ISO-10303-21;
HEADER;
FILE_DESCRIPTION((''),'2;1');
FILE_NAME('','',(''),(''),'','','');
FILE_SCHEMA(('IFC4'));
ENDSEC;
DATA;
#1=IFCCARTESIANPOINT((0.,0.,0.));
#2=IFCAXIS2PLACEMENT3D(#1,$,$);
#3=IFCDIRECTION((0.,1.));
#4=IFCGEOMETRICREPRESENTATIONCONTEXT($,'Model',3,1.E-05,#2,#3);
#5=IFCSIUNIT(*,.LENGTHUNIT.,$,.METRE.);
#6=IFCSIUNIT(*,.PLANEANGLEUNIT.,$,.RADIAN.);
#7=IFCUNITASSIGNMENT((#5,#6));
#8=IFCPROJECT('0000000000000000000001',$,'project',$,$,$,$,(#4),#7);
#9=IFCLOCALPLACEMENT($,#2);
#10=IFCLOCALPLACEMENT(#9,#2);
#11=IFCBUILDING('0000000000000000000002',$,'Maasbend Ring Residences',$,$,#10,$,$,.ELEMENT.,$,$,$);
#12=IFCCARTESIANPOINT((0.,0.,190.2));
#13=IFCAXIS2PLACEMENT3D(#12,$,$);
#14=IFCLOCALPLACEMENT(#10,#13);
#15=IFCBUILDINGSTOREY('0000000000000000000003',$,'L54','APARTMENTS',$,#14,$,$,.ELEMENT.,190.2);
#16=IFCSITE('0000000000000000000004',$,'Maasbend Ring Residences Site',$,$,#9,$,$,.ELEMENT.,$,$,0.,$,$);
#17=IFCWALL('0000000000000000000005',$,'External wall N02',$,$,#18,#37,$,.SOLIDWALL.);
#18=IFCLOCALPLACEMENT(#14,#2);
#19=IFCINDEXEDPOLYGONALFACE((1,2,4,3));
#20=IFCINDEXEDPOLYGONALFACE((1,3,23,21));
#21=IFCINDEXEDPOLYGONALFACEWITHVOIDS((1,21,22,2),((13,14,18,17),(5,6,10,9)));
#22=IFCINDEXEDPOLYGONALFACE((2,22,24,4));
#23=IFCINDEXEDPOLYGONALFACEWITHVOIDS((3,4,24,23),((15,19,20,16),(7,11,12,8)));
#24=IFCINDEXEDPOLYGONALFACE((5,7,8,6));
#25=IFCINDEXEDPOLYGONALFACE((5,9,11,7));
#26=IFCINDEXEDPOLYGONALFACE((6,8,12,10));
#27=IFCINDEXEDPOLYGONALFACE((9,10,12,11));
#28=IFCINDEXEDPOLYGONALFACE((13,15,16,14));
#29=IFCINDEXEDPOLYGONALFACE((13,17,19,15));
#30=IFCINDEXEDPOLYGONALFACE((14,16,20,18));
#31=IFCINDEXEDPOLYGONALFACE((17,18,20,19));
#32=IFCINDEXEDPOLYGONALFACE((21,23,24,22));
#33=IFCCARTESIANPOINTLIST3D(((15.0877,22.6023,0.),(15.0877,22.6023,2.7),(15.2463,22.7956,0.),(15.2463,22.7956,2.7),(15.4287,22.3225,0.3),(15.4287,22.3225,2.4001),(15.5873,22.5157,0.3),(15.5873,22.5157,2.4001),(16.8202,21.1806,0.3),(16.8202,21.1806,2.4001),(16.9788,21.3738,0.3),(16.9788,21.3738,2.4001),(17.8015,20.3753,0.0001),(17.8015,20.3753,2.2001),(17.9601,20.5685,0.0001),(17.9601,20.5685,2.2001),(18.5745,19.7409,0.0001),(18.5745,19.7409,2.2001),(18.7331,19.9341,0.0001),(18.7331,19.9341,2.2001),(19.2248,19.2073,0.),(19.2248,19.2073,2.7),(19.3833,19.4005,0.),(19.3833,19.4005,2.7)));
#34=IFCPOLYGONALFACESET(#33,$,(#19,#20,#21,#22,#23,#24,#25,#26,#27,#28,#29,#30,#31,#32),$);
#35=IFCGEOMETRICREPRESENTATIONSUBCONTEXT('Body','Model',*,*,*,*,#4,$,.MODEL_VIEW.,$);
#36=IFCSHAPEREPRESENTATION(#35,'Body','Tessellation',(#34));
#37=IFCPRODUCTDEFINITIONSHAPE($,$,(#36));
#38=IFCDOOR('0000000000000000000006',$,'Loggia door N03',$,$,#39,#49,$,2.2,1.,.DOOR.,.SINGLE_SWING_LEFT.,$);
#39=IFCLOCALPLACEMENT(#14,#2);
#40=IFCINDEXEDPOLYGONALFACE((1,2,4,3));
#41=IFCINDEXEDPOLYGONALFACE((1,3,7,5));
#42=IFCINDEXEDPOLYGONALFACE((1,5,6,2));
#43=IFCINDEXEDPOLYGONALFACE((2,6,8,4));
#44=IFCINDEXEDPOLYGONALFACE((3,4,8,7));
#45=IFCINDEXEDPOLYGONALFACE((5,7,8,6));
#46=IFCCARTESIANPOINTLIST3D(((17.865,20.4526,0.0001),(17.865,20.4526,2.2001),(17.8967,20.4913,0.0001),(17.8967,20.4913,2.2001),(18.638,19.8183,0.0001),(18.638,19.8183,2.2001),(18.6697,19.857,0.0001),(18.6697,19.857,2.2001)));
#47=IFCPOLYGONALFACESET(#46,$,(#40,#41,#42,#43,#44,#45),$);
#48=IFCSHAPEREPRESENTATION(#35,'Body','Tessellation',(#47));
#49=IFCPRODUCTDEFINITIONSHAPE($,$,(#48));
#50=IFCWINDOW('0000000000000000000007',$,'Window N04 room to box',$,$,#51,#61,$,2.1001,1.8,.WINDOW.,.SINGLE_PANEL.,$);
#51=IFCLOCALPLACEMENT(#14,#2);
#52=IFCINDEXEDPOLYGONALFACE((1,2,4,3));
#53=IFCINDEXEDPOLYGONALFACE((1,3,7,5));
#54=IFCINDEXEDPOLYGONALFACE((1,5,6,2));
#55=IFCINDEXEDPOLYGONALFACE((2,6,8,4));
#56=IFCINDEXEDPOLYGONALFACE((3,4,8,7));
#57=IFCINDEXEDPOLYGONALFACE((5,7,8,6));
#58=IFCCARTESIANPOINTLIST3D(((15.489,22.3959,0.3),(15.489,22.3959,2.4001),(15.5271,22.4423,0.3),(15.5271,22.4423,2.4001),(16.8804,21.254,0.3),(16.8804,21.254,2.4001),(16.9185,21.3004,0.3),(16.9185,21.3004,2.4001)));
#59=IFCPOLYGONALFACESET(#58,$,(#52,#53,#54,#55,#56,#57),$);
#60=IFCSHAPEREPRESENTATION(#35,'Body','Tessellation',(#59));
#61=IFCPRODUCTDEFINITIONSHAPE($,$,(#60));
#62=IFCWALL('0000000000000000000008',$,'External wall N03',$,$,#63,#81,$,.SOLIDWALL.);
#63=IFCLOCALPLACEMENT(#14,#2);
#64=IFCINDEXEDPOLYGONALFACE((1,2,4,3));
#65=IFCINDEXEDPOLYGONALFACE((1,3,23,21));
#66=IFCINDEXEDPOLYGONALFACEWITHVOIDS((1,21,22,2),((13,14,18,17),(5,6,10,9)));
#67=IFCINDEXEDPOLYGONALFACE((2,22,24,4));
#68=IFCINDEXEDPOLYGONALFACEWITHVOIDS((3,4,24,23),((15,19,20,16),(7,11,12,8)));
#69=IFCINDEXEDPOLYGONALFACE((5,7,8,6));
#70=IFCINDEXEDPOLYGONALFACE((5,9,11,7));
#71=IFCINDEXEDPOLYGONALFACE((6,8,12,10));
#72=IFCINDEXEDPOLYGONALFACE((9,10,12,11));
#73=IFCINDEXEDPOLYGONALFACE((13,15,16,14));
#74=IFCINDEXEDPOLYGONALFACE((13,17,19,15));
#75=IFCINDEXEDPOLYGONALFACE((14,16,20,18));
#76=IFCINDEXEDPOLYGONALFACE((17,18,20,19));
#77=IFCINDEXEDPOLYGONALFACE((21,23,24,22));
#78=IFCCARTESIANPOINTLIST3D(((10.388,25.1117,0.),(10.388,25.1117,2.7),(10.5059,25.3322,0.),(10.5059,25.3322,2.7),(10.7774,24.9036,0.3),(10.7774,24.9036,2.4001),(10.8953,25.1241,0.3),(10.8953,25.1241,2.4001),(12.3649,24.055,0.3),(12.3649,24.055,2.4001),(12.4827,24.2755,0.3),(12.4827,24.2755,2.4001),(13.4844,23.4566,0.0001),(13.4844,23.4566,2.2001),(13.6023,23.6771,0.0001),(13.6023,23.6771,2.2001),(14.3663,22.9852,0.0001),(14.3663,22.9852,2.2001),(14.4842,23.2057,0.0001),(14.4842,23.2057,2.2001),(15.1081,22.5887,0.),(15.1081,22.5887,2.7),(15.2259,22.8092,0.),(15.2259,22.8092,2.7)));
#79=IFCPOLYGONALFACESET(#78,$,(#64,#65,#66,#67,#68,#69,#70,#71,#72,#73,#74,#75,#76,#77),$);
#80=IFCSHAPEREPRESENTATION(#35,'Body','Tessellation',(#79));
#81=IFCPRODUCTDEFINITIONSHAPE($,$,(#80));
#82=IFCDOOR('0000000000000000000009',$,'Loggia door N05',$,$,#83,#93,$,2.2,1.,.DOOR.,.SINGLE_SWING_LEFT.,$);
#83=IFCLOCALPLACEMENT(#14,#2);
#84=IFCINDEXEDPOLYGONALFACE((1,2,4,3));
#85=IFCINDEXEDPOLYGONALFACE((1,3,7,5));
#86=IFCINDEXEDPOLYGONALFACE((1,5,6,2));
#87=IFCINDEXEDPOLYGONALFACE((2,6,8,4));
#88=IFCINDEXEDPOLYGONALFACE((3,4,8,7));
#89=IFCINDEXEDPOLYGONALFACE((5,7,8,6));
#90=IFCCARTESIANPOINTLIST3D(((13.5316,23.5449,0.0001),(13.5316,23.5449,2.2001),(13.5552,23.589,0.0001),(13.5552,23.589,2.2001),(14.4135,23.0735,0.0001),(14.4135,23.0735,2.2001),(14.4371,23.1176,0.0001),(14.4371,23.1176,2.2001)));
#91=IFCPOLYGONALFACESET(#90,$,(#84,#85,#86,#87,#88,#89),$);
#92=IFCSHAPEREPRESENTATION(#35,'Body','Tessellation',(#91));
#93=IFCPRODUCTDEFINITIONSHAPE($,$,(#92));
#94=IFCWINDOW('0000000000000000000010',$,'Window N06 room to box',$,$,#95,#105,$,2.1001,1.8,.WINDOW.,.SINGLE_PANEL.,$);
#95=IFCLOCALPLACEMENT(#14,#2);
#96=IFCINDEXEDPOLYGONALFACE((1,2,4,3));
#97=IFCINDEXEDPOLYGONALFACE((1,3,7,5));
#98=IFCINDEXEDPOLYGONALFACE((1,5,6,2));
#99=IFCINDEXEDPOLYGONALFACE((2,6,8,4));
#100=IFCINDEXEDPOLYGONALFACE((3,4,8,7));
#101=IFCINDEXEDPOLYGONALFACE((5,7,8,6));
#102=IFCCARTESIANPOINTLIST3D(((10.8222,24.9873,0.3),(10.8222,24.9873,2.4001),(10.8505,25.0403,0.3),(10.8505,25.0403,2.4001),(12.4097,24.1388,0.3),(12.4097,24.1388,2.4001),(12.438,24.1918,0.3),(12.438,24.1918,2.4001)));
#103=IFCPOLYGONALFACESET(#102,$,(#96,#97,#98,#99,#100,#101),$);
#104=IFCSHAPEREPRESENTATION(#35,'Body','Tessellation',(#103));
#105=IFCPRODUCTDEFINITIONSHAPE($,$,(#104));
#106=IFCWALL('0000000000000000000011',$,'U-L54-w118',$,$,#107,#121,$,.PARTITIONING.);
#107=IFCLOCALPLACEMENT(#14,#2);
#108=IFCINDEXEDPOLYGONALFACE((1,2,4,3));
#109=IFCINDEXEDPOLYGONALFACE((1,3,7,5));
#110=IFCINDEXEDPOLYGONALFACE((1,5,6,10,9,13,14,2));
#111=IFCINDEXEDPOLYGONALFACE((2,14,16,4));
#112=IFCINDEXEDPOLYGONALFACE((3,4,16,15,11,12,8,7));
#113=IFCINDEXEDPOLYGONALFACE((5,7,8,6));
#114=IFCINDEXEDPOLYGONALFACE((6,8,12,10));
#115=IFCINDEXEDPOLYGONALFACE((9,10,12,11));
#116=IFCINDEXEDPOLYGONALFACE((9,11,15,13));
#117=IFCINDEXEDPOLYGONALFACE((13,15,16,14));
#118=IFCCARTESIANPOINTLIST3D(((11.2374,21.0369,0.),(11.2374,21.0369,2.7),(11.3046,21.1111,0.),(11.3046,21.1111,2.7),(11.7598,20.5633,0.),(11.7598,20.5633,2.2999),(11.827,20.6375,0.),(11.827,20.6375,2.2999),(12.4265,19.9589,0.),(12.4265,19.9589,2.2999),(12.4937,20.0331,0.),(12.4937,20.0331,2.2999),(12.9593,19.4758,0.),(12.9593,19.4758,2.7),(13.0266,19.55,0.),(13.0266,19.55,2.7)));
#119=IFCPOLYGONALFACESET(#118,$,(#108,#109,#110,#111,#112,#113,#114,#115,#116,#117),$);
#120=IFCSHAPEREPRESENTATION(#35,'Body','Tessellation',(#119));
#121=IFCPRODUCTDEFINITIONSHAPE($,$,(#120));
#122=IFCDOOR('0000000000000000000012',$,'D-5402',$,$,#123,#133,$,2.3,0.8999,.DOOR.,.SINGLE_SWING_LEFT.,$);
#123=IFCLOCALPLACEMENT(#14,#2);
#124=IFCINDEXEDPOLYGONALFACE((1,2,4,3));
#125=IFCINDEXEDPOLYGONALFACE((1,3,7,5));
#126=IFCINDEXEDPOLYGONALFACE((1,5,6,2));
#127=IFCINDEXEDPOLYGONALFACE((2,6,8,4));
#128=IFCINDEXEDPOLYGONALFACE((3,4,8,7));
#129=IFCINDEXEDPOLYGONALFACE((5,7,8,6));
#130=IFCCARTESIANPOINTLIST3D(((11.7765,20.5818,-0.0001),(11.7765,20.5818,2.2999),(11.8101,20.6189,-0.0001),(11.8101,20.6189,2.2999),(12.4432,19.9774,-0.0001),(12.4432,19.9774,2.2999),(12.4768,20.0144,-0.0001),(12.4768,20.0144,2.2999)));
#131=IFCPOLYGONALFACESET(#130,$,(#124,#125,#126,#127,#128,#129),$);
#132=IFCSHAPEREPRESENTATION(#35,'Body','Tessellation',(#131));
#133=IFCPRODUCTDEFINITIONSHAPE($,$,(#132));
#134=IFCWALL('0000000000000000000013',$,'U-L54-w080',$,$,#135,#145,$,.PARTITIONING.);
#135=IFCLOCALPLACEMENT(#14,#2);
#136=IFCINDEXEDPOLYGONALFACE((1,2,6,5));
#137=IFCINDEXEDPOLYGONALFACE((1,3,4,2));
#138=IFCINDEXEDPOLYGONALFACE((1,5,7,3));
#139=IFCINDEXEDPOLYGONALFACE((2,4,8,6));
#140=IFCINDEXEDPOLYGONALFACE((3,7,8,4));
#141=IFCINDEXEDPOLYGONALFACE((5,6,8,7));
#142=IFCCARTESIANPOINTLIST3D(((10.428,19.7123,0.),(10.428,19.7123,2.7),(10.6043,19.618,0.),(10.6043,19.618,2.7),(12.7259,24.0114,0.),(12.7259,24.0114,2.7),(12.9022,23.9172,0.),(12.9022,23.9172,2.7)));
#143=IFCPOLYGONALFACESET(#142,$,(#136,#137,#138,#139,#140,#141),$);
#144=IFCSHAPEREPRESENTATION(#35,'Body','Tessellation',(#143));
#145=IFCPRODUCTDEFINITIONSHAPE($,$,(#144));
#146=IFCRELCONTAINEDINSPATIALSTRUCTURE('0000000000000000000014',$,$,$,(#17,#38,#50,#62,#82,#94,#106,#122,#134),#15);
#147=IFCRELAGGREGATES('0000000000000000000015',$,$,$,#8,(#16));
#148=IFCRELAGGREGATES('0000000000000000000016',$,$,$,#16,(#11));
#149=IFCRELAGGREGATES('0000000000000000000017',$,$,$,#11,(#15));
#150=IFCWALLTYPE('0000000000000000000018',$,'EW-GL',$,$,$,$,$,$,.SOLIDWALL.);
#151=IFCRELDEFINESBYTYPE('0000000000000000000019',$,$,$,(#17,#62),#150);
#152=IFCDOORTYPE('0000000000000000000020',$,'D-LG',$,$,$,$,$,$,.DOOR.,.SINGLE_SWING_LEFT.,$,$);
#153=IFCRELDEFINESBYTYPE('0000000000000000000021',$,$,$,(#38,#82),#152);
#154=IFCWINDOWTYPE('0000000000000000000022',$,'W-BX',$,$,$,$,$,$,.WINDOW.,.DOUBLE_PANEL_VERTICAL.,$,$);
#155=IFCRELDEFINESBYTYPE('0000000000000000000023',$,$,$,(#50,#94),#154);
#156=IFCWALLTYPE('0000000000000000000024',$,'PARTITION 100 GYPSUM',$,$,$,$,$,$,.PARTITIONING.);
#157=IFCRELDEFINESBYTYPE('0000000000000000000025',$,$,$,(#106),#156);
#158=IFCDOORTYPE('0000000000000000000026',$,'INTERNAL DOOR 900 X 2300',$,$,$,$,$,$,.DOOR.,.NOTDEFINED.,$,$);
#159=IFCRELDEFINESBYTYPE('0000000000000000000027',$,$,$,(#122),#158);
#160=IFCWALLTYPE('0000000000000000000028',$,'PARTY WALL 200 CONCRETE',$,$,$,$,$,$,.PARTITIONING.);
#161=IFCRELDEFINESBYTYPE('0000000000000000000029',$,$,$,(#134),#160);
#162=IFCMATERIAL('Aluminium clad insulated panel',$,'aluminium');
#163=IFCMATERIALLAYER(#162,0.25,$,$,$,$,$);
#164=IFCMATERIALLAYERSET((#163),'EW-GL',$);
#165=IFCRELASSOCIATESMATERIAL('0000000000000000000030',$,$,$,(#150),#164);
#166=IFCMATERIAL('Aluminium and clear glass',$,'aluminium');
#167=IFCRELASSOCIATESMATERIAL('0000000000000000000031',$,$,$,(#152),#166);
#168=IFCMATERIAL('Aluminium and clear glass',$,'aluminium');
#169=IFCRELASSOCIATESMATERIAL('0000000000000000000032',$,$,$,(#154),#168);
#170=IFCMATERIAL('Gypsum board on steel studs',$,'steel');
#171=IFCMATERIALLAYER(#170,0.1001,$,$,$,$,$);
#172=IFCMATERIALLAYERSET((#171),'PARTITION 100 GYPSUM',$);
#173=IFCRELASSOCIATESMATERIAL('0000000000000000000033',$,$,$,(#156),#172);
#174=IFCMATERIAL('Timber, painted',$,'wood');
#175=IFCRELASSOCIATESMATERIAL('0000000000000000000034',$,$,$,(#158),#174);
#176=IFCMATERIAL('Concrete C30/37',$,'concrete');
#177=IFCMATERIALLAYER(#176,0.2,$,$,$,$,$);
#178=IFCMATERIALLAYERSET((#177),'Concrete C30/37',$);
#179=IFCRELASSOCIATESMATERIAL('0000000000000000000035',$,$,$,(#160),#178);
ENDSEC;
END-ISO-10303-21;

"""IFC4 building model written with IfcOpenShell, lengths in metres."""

from ifc_helpers import new_model, si_unit, direction, frame, frame_2d, origin, place, context, subcontext, project, spatial, rectangle, extrude, material, layer, layer_set, type_object, element, fill, save


model = new_model("IFC4")

# Units and contexts
model_context = context("Model", 3, precision=1e-05, world=origin(), true_north=direction((0.0, 1.0)))
body_context = subcontext(model_context, "Body", "Model", "MODEL_VIEW")
ifc_project = project(units=[si_unit("LENGTHUNIT", "METRE"), si_unit("PLANEANGLEUNIT", "RADIAN")], contexts=[model_context])

# Site, building, storey
site_placement = place(None, origin())
site = spatial("IfcSite", under=ifc_project, at=site_placement, Name="Maasbend Ring Residences Site", CompositionType="ELEMENT", RefElevation=0.0)
building_placement = place(site_placement, origin())
building = spatial("IfcBuilding", under=site, at=building_placement, Name="Maasbend Ring Residences", CompositionType="ELEMENT")
storey_placement = place(building_placement, frame((0.0, 0.0, 190.2)))
storey = spatial("IfcBuildingStorey", under=building, at=storey_placement, Name="L54", Description="APARTMENTS", CompositionType="ELEMENT", Elevation=190.2)

# Walls, openings, doors, windows
ifc_material_1 = material(Name="Aluminium clad insulated panel", Category="aluminium")
ifc_layer_1 = layer(ifc_material_1, 0.25)
ifc_layer_set_1 = layer_set([ifc_layer_1], Name="EW-GL")
wall_type_1 = type_object("IfcWallType", Name="EW-GL", PredefinedType="SOLIDWALL", material=ifc_layer_set_1)
wall_1_placement = place(storey_placement, frame((19.304, 19.304, 0.0), z_axis=(0.0, 0.0, 1.0), x_axis=(-0.773019, 0.634382, 0.0)))
wall_1 = element("IfcWall", 1, at=wall_1_placement, inside=storey, type_object=wall_type_1, Name="External wall N02", PredefinedType="SOLIDWALL", context=body_context, shape_type="SweptSolid", body=[
    extrude(rectangle(XDim=5.3518, YDim=0.25, at=frame_2d((2.6758, 0.0))), origin(), (0.0, 0.0, 1.0), 2.7),
])
opening_1_placement = place(wall_1_placement, frame((0.8411, 0.0, 0.0)))
opening_1 = element("IfcOpeningElement", 2, at=opening_1_placement, cuts=wall_1, PredefinedType="OPENING", context=body_context, shape_type="SweptSolid", body=[
    extrude(rectangle(XDim=1.0, YDim=2.2, at=frame_2d((0.5, 1.1001))), frame((0.0, 0.135, 0.0), z_axis=(0.0, -1.0, 0.0), x_axis=(1.0, 0.0, 0.0)), (0.0, 0.0, 1.0), 0.27),
])
opening_2_placement = place(wall_1_placement, frame((3.1106, 0.0, 0.3)))
opening_2 = element("IfcOpeningElement", 3, at=opening_2_placement, cuts=wall_1, PredefinedType="OPENING", context=body_context, shape_type="SweptSolid", body=[
    extrude(rectangle(XDim=1.8, YDim=2.1001, at=frame_2d((0.8999, 1.05))), frame((0.0, 0.135, 0.0), z_axis=(0.0, -1.0, 0.0), x_axis=(1.0, 0.0, 0.0)), (0.0, 0.0, 1.0), 0.27),
])
ifc_material_2 = material(Name="Aluminium and clear glass", Category="aluminium")
door_type_1 = type_object("IfcDoorType", Name="D-LG", OperationType="SINGLE_SWING_LEFT", PredefinedType="DOOR", material=ifc_material_2)
door_1_placement = place(opening_1_placement, origin())
door_1 = element("IfcDoor", 4, at=door_1_placement, inside=storey, type_object=door_type_1, Name="Loggia door N03", OperationType="SINGLE_SWING_LEFT", OverallHeight=2.2, OverallWidth=1.0, PredefinedType="DOOR", context=body_context, shape_type="SweptSolid", body=[
    extrude(rectangle(XDim=1.0, YDim=2.2, at=frame_2d((0.5, 1.1001))), frame((0.0, 0.0249, 0.0), z_axis=(0.0, -1.0, 0.0), x_axis=(1.0, 0.0, 0.0)), (0.0, 0.0, 1.0), 0.05),
])
fill(opening_1, door_1)
ifc_material_3 = material(Name="Aluminium and clear glass", Category="aluminium")
window_type_1 = type_object("IfcWindowType", Name="W-BX", PartitioningType="DOUBLE_PANEL_VERTICAL", PredefinedType="WINDOW", material=ifc_material_3)
window_1_placement = place(opening_2_placement, origin())
window_1 = element("IfcWindow", 5, at=window_1_placement, inside=storey, type_object=window_type_1, Name="Window N04 room to box", OverallHeight=2.1001, OverallWidth=1.8, PartitioningType="SINGLE_PANEL", PredefinedType="WINDOW", context=body_context, shape_type="SweptSolid", body=[
    extrude(rectangle(XDim=1.8, YDim=2.1001, at=frame_2d((0.8999, 1.05))), frame((0.0, 0.03, 0.0), z_axis=(0.0, -1.0, 0.0), x_axis=(1.0, 0.0, 0.0)), (0.0, 0.0, 1.0), 0.0601),
])
fill(opening_2, window_1)
wall_2_placement = place(storey_placement, frame((15.167, 22.699, 0.0), z_axis=(0.0, 0.0, 1.0), x_axis=(-0.881916, 0.471407, 0.0)))
wall_2 = element("IfcWall", 6, at=wall_2_placement, inside=storey, type_object=wall_type_1, Name="External wall N03", PredefinedType="SOLIDWALL", context=body_context, shape_type="SweptSolid", body=[
    extrude(rectangle(XDim=5.3521, YDim=0.25, at=frame_2d((2.676, 0.0))), origin(), (0.0, 0.0, 1.0), 2.7),
])
opening_3_placement = place(wall_2_placement, frame((0.8411, 0.0, 0.0)))
opening_3 = element("IfcOpeningElement", 7, at=opening_3_placement, cuts=wall_2, PredefinedType="OPENING", context=body_context, shape_type="SweptSolid", body=[
    extrude(rectangle(XDim=1.0, YDim=2.2, at=frame_2d((0.5, 1.1001))), frame((0.0, 0.135, 0.0), z_axis=(0.0, -1.0, 0.0), x_axis=(1.0, 0.0, 0.0)), (0.0, 0.0, 1.0), 0.27),
])
opening_4_placement = place(wall_2_placement, frame((3.1106, 0.0, 0.3)))
opening_4 = element("IfcOpeningElement", 8, at=opening_4_placement, cuts=wall_2, PredefinedType="OPENING", context=body_context, shape_type="SweptSolid", body=[
    extrude(rectangle(XDim=1.8, YDim=2.1001, at=frame_2d((0.8999, 1.05))), frame((0.0, 0.135, 0.0), z_axis=(0.0, -1.0, 0.0), x_axis=(1.0, 0.0, 0.0)), (0.0, 0.0, 1.0), 0.27),
])
door_2_placement = place(opening_3_placement, origin())
door_2 = element("IfcDoor", 9, at=door_2_placement, inside=storey, type_object=door_type_1, Name="Loggia door N05", OperationType="SINGLE_SWING_LEFT", OverallHeight=2.2, OverallWidth=1.0, PredefinedType="DOOR", context=body_context, shape_type="SweptSolid", body=[
    extrude(rectangle(XDim=1.0, YDim=2.2, at=frame_2d((0.5, 1.1001))), frame((0.0, 0.0249, 0.0), z_axis=(0.0, -1.0, 0.0), x_axis=(1.0, 0.0, 0.0)), (0.0, 0.0, 1.0), 0.05),
])
fill(opening_3, door_2)
window_2_placement = place(opening_4_placement, origin())
window_2 = element("IfcWindow", 10, at=window_2_placement, inside=storey, type_object=window_type_1, Name="Window N06 room to box", OverallHeight=2.1001, OverallWidth=1.8, PartitioningType="SINGLE_PANEL", PredefinedType="WINDOW", context=body_context, shape_type="SweptSolid", body=[
    extrude(rectangle(XDim=1.8, YDim=2.1001, at=frame_2d((0.8999, 1.05))), frame((0.0, 0.03, 0.0), z_axis=(0.0, -1.0, 0.0), x_axis=(1.0, 0.0, 0.0)), (0.0, 0.0, 1.0), 0.0601),
])
fill(opening_4, window_2)

# Wall, opening, door
ifc_material_4 = material(Name="Gypsum board on steel studs", Category="steel")
ifc_layer_2 = layer(ifc_material_4, 0.1001)
ifc_layer_set_2 = layer_set([ifc_layer_2], Name="PARTITION 100 GYPSUM")
wall_type_2 = type_object("IfcWallType", Name="PARTITION 100 GYPSUM", PredefinedType="PARTITIONING", material=ifc_layer_set_2)
wall_3_placement = place(storey_placement, frame((11.271, 21.074, 0.0), z_axis=(0.0, 0.0, 1.0), x_axis=(0.740871, -0.671647, 0.0)))
wall_3 = element("IfcWall", 11, at=wall_3_placement, inside=storey, type_object=wall_type_2, Name="U-L54-w118", PredefinedType="PARTITIONING", context=body_context, shape_type="SweptSolid", body=[
    extrude(rectangle(XDim=2.3242, YDim=0.1001, at=frame_2d((1.1621, 0.0))), origin(), (0.0, 0.0, 1.0), 2.7),
])
opening_5_placement = place(wall_3_placement, frame((0.7051, 0.0, 0.0)))
opening_5 = element("IfcOpeningElement", 12, at=opening_5_placement, cuts=wall_3, PredefinedType="OPENING", context=body_context, shape_type="SweptSolid", body=[
    extrude(rectangle(XDim=0.8999, YDim=2.3, at=frame_2d((0.45, 1.1499))), frame((0.0, 0.0601, 0.0), z_axis=(0.0, -1.0, 0.0), x_axis=(1.0, 0.0, 0.0)), (0.0, 0.0, 1.0), 0.1201),
])
ifc_material_5 = material(Name="Timber, painted", Category="wood")
door_type_2 = type_object("IfcDoorType", Name="INTERNAL DOOR 900 X 2300", OperationType="NOTDEFINED", PredefinedType="DOOR", material=ifc_material_5)
door_3_placement = place(opening_5_placement, origin())
door_3 = element("IfcDoor", 13, at=door_3_placement, inside=storey, type_object=door_type_2, Name="D-5402", OperationType="SINGLE_SWING_LEFT", OverallHeight=2.3, OverallWidth=0.8999, PredefinedType="DOOR", context=body_context, shape_type="SweptSolid", body=[
    extrude(rectangle(XDim=0.8999, YDim=2.3, at=frame_2d((0.45, 1.1499))), frame((0.0, 0.0249, 0.0), z_axis=(0.0, -1.0, 0.0), x_axis=(1.0, 0.0, 0.0)), (0.0, 0.0, 1.0), 0.05),
])
fill(opening_5, door_3)

# Wall
ifc_material_6 = material(Name="Concrete C30/37", Category="concrete")
ifc_layer_3 = layer(ifc_material_6, 0.2)
ifc_layer_set_3 = layer_set([ifc_layer_3], Name="Concrete C30/37")
wall_type_3 = type_object("IfcWallType", Name="PARTY WALL 200 CONCRETE", PredefinedType="PARTITIONING", material=ifc_layer_set_3)
wall_4_placement = place(storey_placement, frame((10.5161, 19.665, 0.0), z_axis=(0.0, 0.0, 1.0), x_axis=(0.471389, 0.881926, 0.0)))
element("IfcWall", 14, at=wall_4_placement, inside=storey, type_object=wall_type_3, Name="U-L54-w080", PredefinedType="PARTITIONING", context=body_context, shape_type="SweptSolid", body=[
    extrude(rectangle(XDim=4.8748, YDim=0.2, at=frame_2d((2.4375, 0.0))), origin(), (0.0, 0.0, 1.0), 2.7),
])

save(model, "model.ifc")
